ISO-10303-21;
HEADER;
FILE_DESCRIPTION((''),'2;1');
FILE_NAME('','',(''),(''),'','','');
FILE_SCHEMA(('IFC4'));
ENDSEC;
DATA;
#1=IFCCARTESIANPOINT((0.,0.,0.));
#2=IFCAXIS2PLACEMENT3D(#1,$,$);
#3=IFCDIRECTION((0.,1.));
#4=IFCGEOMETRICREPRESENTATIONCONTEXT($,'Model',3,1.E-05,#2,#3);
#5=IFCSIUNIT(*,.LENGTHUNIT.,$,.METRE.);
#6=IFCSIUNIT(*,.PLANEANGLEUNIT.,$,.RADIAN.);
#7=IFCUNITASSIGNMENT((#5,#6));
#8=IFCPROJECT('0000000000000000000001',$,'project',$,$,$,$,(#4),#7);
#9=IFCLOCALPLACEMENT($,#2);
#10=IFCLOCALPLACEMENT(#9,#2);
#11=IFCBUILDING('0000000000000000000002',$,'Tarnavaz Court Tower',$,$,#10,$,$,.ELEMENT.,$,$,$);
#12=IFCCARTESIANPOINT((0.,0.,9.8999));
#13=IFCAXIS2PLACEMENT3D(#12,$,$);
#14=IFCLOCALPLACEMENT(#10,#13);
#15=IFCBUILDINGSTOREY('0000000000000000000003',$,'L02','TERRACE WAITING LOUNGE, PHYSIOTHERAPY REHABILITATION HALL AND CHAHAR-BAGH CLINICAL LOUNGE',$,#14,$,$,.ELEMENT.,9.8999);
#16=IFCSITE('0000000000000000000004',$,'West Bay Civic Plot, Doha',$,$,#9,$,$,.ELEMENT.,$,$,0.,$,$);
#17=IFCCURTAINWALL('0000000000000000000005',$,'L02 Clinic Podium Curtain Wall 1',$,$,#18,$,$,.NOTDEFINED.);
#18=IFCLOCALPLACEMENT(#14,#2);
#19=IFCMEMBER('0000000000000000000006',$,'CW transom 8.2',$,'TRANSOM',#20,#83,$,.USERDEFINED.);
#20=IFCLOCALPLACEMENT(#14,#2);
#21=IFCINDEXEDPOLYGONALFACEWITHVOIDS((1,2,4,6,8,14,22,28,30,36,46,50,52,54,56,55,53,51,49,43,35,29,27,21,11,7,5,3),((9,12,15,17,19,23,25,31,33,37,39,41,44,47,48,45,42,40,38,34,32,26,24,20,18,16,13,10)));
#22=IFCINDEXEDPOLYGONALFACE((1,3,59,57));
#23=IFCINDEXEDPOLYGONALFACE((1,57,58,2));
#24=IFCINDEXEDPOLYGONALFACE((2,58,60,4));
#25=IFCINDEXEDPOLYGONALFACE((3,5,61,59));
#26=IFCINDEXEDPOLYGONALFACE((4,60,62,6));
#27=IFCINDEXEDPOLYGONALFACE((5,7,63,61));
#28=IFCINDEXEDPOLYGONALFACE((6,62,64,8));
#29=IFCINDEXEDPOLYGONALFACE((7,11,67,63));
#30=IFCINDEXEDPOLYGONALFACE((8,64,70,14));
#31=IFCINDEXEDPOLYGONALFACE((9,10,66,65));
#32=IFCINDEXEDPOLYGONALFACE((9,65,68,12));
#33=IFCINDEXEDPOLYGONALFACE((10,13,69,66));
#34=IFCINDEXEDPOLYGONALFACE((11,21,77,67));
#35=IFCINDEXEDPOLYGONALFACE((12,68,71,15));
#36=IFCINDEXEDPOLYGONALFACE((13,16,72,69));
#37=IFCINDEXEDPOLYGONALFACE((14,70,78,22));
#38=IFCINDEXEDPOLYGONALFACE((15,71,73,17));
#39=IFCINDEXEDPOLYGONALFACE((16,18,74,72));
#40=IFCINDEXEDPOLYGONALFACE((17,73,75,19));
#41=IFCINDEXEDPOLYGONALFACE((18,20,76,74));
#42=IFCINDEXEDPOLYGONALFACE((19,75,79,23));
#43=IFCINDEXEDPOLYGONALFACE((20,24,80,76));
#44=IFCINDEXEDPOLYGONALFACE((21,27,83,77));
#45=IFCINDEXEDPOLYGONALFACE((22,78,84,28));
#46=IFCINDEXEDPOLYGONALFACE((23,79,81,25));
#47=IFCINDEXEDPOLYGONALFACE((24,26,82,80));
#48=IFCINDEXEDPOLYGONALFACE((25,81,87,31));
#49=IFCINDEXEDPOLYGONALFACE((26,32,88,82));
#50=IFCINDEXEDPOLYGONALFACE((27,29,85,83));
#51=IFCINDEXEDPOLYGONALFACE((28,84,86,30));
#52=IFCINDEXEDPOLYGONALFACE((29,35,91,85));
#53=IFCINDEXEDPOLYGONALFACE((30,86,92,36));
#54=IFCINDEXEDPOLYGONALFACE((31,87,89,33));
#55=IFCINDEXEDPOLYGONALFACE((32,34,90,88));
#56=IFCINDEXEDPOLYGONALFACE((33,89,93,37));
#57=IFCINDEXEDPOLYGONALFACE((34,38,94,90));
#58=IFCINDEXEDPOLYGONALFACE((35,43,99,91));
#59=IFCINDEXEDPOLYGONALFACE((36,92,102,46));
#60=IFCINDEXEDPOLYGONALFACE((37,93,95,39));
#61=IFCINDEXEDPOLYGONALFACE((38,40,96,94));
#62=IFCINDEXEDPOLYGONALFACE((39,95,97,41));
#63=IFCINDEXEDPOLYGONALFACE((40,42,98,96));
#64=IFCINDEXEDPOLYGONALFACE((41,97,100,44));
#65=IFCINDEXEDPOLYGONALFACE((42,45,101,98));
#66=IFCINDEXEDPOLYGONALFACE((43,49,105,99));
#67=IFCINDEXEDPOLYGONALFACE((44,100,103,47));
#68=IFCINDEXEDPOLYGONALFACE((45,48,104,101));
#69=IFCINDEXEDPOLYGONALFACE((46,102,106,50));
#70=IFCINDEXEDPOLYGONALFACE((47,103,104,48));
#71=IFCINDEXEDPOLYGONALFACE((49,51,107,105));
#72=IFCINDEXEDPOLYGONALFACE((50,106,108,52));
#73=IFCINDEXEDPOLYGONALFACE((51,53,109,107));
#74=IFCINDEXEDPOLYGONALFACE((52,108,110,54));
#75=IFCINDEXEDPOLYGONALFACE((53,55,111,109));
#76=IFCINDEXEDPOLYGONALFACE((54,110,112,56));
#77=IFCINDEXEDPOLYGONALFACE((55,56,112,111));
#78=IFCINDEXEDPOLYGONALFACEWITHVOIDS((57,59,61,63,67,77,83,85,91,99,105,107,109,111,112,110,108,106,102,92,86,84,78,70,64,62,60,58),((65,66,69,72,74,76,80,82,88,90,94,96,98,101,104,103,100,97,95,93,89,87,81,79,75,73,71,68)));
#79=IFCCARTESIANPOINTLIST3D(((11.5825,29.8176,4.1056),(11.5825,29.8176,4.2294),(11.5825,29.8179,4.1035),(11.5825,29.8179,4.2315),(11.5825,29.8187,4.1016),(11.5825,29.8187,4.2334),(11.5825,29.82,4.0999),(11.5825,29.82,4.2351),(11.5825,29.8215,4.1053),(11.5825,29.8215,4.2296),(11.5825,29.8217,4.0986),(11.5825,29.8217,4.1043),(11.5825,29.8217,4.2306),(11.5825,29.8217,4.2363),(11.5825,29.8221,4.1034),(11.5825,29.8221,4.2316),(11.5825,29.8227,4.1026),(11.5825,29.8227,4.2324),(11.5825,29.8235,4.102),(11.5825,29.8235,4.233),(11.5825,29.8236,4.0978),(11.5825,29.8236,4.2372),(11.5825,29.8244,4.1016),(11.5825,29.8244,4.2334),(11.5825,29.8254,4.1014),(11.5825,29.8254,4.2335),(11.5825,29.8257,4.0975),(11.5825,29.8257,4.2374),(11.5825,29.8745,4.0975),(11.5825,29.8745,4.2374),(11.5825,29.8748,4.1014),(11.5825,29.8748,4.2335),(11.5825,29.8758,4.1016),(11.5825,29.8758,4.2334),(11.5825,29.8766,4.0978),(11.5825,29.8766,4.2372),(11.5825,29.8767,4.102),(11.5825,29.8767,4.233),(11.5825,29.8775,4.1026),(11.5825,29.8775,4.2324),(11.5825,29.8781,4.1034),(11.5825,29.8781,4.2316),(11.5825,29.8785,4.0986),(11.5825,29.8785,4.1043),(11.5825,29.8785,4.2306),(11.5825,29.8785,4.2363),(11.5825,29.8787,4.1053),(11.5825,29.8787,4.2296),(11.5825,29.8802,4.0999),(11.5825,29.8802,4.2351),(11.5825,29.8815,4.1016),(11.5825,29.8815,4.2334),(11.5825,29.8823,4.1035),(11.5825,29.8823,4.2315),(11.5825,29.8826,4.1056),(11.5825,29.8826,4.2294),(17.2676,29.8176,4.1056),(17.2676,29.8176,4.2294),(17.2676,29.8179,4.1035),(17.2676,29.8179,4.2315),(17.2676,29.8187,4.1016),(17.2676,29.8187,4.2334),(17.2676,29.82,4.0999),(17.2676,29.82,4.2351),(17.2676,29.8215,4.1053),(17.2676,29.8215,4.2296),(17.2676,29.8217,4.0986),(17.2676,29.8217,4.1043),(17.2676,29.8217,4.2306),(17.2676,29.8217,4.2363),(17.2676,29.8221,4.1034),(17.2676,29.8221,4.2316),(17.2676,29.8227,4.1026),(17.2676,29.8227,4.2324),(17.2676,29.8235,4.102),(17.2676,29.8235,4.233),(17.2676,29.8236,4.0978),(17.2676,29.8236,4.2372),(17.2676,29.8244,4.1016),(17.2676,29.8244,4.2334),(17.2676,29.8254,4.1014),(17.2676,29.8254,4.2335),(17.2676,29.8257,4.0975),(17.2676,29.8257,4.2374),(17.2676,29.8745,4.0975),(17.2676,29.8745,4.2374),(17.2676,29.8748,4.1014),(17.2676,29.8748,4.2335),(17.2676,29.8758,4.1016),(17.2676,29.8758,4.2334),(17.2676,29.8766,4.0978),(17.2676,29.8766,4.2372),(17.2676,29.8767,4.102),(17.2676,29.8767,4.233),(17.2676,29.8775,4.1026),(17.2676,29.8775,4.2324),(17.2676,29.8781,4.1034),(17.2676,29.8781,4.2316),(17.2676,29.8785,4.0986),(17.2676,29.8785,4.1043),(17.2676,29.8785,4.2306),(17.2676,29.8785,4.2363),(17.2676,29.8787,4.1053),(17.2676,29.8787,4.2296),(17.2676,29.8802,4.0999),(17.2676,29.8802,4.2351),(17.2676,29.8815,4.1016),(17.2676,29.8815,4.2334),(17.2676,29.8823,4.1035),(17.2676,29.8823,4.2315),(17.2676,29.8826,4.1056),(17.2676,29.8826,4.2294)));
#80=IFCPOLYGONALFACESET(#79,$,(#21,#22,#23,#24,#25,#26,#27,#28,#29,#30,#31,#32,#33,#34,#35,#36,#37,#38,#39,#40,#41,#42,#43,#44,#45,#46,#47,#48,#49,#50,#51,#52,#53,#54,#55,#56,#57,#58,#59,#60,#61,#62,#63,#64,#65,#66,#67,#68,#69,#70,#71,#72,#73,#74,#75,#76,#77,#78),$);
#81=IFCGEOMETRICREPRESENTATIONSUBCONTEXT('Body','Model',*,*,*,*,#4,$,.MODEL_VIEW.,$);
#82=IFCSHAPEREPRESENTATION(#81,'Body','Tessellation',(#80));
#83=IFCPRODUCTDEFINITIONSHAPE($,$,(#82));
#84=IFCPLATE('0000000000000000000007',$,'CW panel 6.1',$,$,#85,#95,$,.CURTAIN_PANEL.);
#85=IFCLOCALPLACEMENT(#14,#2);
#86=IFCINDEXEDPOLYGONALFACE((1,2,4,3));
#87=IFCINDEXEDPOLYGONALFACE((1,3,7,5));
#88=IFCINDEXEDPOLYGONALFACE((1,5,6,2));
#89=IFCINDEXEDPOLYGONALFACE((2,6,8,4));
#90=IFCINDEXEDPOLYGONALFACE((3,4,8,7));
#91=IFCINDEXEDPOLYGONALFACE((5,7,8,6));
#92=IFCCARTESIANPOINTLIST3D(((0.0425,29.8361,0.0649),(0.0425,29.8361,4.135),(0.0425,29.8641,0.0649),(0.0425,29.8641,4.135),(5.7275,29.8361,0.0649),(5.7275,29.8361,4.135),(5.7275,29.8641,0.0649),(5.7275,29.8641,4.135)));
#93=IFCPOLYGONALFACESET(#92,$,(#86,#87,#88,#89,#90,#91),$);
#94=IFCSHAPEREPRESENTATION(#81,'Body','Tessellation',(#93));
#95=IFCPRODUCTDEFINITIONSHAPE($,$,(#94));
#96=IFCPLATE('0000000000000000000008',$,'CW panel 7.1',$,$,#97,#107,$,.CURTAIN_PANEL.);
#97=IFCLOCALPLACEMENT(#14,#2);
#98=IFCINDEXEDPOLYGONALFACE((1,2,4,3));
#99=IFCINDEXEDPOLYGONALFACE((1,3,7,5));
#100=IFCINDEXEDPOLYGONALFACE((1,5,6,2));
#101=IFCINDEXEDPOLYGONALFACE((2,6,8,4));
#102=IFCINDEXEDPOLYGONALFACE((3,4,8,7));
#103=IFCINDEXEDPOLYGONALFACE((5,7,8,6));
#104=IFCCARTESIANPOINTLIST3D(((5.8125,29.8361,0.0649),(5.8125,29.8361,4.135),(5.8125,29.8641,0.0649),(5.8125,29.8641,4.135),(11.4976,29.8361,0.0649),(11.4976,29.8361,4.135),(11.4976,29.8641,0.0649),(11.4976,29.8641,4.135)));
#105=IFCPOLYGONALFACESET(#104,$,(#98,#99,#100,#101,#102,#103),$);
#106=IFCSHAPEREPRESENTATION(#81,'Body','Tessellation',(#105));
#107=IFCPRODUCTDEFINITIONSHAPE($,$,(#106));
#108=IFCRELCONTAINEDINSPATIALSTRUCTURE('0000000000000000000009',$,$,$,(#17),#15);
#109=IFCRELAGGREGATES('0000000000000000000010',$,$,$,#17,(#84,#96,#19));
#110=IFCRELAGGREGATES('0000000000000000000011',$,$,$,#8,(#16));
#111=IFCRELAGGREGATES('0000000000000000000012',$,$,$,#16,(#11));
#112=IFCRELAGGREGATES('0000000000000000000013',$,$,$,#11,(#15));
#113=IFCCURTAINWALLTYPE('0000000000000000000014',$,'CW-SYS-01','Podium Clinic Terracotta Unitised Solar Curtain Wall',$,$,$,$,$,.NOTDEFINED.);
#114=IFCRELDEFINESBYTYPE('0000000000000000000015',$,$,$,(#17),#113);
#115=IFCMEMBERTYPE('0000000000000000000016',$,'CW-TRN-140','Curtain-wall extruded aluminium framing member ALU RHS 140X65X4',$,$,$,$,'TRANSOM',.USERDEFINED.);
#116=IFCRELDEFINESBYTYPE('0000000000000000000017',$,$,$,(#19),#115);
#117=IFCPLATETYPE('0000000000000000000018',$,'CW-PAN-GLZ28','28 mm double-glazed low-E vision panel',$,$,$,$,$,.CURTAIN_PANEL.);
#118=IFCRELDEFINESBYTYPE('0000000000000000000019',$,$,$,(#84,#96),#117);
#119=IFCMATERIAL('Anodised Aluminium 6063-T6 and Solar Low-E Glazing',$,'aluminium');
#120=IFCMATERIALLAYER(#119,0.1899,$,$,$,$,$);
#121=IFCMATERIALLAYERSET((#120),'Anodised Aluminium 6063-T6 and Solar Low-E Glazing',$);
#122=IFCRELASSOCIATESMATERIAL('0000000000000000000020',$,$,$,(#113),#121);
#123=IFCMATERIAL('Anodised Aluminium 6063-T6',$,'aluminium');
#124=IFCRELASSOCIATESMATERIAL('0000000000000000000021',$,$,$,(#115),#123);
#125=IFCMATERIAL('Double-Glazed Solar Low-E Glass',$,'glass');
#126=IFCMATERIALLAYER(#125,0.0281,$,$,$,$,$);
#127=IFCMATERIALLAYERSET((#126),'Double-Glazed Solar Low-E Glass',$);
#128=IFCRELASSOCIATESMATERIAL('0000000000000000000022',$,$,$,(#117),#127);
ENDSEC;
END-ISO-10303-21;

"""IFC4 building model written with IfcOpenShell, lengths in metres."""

from ifc_helpers import new_model, si_unit, direction, frame, origin, origin_2d, place, context, subcontext, project, spatial, rectangle, hollow_rectangle, extrude, material, layer, layer_set, material_profile, profile_set, type_object, element, aggregate, save


model = new_model("IFC4")

# Units and contexts
model_context = context("Model", 3, precision=1e-05, world=origin(), true_north=direction((0.0, 1.0)))
body_context = subcontext(model_context, "Body", "Model", "MODEL_VIEW")
ifc_project = project(units=[si_unit("LENGTHUNIT", "METRE"), si_unit("PLANEANGLEUNIT", "RADIAN")], contexts=[model_context])

# Site, building, storey
site_placement = place(None, origin())
site = spatial("IfcSite", under=ifc_project, at=site_placement, Name="West Bay Civic Plot, Doha", CompositionType="ELEMENT", RefElevation=0.0)
building_placement = place(site_placement, origin())
building = spatial("IfcBuilding", under=site, at=building_placement, Name="Tarnavaz Court Tower", CompositionType="ELEMENT")
storey_placement = place(building_placement, frame((0.0, 0.0, 9.8999)))
storey = spatial("IfcBuildingStorey", under=building, at=storey_placement, Name="L02", Description="TERRACE WAITING LOUNGE, PHYSIOTHERAPY REHABILITATION HALL AND CHAHAR-BAGH CLINICAL LOUNGE", CompositionType="ELEMENT", Elevation=9.8999)

# Curtain wall, member, plates
ifc_material_1 = material(Name="Anodised Aluminium 6063-T6 and Solar Low-E Glazing", Category="aluminium")
ifc_layer_1 = layer(ifc_material_1, 0.1899)
ifc_layer_set_1 = layer_set([ifc_layer_1], Name="Anodised Aluminium 6063-T6 and Solar Low-E Glazing")
curtain_wall_type = type_object("IfcCurtainWallType", Name="CW-SYS-01", Description="Podium Clinic Terracotta Unitised Solar Curtain Wall", PredefinedType="NOTDEFINED", material=ifc_layer_set_1)
curtain_wall_placement = place(storey_placement, origin())
curtain_wall = element("IfcCurtainWall", 1, at=curtain_wall_placement, inside=storey, type_object=curtain_wall_type, Name="L02 Clinic Podium Curtain Wall 1", PredefinedType="NOTDEFINED")
ifc_material_2 = material(Name="Anodised Aluminium 6063-T6", Category="aluminium")
ifc_material_profile_1 = material_profile(ifc_material_2, hollow_rectangle(XDim=0.0649, YDim=0.1399, WallThickness=0.0039, InnerFilletRadius=0.0039, OuterFilletRadius=0.0081, at=origin_2d()), Name="ALU RHS 140X65X4")
ifc_profile_set_1 = profile_set([ifc_material_profile_1], Name="Anodised Aluminium 6063-T6")
member_type_1 = type_object("IfcMemberType", Name="CW-TRN-140", Description="Curtain-wall extruded aluminium framing member ALU RHS 140X65X4", ElementType="TRANSOM", PredefinedType="USERDEFINED", material=ifc_profile_set_1)
member_1_placement = place(storey_placement, frame((11.5825, 29.8501, 4.1675), z_axis=(1.0, 0.0, 0.0), x_axis=(0.0, 1.0, 0.0)))
member_1 = element("IfcMember", 2, at=member_1_placement, type_object=member_type_1, Name="CW transom 8.2", ObjectType="TRANSOM", PredefinedType="USERDEFINED", context=body_context, shape_type="SweptSolid", body=[
    extrude(hollow_rectangle(XDim=0.0649, YDim=0.1399, WallThickness=0.0039, InnerFilletRadius=0.0039, OuterFilletRadius=0.0081, at=origin_2d()), origin(), (0.0, 0.0, 1.0), 5.6851),
])
ifc_material_3 = material(Name="Double-Glazed Solar Low-E Glass", Category="glass")
ifc_layer_2 = layer(ifc_material_3, 0.0281)
ifc_layer_set_2 = layer_set([ifc_layer_2], Name="Double-Glazed Solar Low-E Glass")
plate_type = type_object("IfcPlateType", Name="CW-PAN-GLZ28", Description="28 mm double-glazed low-E vision panel", PredefinedType="CURTAIN_PANEL", material=ifc_layer_set_2)
plate_1_placement = place(storey_placement, frame((2.885, 29.8501, 0.0649), z_axis=(0.0, 0.0, 1.0), x_axis=(1.0, 0.0, 0.0)))
plate_1 = element("IfcPlate", 3, at=plate_1_placement, type_object=plate_type, Name="CW panel 6.1", PredefinedType="CURTAIN_PANEL", context=body_context, shape_type="SweptSolid", body=[
    extrude(rectangle(XDim=5.6851, YDim=0.0281, at=origin_2d()), origin(), (0.0, 0.0, 1.0), 4.0701),
])
plate_2_placement = place(storey_placement, frame((8.655, 29.8501, 0.0649), z_axis=(0.0, 0.0, 1.0), x_axis=(1.0, 0.0, 0.0)))
plate_2 = element("IfcPlate", 4, at=plate_2_placement, type_object=plate_type, Name="CW panel 7.1", PredefinedType="CURTAIN_PANEL", context=body_context, shape_type="SweptSolid", body=[
    extrude(rectangle(XDim=5.6851, YDim=0.0281, at=origin_2d()), origin(), (0.0, 0.0, 1.0), 4.0701),
])
aggregate(curtain_wall, [plate_1, plate_2, member_1])

save(model, "model.ifc")
